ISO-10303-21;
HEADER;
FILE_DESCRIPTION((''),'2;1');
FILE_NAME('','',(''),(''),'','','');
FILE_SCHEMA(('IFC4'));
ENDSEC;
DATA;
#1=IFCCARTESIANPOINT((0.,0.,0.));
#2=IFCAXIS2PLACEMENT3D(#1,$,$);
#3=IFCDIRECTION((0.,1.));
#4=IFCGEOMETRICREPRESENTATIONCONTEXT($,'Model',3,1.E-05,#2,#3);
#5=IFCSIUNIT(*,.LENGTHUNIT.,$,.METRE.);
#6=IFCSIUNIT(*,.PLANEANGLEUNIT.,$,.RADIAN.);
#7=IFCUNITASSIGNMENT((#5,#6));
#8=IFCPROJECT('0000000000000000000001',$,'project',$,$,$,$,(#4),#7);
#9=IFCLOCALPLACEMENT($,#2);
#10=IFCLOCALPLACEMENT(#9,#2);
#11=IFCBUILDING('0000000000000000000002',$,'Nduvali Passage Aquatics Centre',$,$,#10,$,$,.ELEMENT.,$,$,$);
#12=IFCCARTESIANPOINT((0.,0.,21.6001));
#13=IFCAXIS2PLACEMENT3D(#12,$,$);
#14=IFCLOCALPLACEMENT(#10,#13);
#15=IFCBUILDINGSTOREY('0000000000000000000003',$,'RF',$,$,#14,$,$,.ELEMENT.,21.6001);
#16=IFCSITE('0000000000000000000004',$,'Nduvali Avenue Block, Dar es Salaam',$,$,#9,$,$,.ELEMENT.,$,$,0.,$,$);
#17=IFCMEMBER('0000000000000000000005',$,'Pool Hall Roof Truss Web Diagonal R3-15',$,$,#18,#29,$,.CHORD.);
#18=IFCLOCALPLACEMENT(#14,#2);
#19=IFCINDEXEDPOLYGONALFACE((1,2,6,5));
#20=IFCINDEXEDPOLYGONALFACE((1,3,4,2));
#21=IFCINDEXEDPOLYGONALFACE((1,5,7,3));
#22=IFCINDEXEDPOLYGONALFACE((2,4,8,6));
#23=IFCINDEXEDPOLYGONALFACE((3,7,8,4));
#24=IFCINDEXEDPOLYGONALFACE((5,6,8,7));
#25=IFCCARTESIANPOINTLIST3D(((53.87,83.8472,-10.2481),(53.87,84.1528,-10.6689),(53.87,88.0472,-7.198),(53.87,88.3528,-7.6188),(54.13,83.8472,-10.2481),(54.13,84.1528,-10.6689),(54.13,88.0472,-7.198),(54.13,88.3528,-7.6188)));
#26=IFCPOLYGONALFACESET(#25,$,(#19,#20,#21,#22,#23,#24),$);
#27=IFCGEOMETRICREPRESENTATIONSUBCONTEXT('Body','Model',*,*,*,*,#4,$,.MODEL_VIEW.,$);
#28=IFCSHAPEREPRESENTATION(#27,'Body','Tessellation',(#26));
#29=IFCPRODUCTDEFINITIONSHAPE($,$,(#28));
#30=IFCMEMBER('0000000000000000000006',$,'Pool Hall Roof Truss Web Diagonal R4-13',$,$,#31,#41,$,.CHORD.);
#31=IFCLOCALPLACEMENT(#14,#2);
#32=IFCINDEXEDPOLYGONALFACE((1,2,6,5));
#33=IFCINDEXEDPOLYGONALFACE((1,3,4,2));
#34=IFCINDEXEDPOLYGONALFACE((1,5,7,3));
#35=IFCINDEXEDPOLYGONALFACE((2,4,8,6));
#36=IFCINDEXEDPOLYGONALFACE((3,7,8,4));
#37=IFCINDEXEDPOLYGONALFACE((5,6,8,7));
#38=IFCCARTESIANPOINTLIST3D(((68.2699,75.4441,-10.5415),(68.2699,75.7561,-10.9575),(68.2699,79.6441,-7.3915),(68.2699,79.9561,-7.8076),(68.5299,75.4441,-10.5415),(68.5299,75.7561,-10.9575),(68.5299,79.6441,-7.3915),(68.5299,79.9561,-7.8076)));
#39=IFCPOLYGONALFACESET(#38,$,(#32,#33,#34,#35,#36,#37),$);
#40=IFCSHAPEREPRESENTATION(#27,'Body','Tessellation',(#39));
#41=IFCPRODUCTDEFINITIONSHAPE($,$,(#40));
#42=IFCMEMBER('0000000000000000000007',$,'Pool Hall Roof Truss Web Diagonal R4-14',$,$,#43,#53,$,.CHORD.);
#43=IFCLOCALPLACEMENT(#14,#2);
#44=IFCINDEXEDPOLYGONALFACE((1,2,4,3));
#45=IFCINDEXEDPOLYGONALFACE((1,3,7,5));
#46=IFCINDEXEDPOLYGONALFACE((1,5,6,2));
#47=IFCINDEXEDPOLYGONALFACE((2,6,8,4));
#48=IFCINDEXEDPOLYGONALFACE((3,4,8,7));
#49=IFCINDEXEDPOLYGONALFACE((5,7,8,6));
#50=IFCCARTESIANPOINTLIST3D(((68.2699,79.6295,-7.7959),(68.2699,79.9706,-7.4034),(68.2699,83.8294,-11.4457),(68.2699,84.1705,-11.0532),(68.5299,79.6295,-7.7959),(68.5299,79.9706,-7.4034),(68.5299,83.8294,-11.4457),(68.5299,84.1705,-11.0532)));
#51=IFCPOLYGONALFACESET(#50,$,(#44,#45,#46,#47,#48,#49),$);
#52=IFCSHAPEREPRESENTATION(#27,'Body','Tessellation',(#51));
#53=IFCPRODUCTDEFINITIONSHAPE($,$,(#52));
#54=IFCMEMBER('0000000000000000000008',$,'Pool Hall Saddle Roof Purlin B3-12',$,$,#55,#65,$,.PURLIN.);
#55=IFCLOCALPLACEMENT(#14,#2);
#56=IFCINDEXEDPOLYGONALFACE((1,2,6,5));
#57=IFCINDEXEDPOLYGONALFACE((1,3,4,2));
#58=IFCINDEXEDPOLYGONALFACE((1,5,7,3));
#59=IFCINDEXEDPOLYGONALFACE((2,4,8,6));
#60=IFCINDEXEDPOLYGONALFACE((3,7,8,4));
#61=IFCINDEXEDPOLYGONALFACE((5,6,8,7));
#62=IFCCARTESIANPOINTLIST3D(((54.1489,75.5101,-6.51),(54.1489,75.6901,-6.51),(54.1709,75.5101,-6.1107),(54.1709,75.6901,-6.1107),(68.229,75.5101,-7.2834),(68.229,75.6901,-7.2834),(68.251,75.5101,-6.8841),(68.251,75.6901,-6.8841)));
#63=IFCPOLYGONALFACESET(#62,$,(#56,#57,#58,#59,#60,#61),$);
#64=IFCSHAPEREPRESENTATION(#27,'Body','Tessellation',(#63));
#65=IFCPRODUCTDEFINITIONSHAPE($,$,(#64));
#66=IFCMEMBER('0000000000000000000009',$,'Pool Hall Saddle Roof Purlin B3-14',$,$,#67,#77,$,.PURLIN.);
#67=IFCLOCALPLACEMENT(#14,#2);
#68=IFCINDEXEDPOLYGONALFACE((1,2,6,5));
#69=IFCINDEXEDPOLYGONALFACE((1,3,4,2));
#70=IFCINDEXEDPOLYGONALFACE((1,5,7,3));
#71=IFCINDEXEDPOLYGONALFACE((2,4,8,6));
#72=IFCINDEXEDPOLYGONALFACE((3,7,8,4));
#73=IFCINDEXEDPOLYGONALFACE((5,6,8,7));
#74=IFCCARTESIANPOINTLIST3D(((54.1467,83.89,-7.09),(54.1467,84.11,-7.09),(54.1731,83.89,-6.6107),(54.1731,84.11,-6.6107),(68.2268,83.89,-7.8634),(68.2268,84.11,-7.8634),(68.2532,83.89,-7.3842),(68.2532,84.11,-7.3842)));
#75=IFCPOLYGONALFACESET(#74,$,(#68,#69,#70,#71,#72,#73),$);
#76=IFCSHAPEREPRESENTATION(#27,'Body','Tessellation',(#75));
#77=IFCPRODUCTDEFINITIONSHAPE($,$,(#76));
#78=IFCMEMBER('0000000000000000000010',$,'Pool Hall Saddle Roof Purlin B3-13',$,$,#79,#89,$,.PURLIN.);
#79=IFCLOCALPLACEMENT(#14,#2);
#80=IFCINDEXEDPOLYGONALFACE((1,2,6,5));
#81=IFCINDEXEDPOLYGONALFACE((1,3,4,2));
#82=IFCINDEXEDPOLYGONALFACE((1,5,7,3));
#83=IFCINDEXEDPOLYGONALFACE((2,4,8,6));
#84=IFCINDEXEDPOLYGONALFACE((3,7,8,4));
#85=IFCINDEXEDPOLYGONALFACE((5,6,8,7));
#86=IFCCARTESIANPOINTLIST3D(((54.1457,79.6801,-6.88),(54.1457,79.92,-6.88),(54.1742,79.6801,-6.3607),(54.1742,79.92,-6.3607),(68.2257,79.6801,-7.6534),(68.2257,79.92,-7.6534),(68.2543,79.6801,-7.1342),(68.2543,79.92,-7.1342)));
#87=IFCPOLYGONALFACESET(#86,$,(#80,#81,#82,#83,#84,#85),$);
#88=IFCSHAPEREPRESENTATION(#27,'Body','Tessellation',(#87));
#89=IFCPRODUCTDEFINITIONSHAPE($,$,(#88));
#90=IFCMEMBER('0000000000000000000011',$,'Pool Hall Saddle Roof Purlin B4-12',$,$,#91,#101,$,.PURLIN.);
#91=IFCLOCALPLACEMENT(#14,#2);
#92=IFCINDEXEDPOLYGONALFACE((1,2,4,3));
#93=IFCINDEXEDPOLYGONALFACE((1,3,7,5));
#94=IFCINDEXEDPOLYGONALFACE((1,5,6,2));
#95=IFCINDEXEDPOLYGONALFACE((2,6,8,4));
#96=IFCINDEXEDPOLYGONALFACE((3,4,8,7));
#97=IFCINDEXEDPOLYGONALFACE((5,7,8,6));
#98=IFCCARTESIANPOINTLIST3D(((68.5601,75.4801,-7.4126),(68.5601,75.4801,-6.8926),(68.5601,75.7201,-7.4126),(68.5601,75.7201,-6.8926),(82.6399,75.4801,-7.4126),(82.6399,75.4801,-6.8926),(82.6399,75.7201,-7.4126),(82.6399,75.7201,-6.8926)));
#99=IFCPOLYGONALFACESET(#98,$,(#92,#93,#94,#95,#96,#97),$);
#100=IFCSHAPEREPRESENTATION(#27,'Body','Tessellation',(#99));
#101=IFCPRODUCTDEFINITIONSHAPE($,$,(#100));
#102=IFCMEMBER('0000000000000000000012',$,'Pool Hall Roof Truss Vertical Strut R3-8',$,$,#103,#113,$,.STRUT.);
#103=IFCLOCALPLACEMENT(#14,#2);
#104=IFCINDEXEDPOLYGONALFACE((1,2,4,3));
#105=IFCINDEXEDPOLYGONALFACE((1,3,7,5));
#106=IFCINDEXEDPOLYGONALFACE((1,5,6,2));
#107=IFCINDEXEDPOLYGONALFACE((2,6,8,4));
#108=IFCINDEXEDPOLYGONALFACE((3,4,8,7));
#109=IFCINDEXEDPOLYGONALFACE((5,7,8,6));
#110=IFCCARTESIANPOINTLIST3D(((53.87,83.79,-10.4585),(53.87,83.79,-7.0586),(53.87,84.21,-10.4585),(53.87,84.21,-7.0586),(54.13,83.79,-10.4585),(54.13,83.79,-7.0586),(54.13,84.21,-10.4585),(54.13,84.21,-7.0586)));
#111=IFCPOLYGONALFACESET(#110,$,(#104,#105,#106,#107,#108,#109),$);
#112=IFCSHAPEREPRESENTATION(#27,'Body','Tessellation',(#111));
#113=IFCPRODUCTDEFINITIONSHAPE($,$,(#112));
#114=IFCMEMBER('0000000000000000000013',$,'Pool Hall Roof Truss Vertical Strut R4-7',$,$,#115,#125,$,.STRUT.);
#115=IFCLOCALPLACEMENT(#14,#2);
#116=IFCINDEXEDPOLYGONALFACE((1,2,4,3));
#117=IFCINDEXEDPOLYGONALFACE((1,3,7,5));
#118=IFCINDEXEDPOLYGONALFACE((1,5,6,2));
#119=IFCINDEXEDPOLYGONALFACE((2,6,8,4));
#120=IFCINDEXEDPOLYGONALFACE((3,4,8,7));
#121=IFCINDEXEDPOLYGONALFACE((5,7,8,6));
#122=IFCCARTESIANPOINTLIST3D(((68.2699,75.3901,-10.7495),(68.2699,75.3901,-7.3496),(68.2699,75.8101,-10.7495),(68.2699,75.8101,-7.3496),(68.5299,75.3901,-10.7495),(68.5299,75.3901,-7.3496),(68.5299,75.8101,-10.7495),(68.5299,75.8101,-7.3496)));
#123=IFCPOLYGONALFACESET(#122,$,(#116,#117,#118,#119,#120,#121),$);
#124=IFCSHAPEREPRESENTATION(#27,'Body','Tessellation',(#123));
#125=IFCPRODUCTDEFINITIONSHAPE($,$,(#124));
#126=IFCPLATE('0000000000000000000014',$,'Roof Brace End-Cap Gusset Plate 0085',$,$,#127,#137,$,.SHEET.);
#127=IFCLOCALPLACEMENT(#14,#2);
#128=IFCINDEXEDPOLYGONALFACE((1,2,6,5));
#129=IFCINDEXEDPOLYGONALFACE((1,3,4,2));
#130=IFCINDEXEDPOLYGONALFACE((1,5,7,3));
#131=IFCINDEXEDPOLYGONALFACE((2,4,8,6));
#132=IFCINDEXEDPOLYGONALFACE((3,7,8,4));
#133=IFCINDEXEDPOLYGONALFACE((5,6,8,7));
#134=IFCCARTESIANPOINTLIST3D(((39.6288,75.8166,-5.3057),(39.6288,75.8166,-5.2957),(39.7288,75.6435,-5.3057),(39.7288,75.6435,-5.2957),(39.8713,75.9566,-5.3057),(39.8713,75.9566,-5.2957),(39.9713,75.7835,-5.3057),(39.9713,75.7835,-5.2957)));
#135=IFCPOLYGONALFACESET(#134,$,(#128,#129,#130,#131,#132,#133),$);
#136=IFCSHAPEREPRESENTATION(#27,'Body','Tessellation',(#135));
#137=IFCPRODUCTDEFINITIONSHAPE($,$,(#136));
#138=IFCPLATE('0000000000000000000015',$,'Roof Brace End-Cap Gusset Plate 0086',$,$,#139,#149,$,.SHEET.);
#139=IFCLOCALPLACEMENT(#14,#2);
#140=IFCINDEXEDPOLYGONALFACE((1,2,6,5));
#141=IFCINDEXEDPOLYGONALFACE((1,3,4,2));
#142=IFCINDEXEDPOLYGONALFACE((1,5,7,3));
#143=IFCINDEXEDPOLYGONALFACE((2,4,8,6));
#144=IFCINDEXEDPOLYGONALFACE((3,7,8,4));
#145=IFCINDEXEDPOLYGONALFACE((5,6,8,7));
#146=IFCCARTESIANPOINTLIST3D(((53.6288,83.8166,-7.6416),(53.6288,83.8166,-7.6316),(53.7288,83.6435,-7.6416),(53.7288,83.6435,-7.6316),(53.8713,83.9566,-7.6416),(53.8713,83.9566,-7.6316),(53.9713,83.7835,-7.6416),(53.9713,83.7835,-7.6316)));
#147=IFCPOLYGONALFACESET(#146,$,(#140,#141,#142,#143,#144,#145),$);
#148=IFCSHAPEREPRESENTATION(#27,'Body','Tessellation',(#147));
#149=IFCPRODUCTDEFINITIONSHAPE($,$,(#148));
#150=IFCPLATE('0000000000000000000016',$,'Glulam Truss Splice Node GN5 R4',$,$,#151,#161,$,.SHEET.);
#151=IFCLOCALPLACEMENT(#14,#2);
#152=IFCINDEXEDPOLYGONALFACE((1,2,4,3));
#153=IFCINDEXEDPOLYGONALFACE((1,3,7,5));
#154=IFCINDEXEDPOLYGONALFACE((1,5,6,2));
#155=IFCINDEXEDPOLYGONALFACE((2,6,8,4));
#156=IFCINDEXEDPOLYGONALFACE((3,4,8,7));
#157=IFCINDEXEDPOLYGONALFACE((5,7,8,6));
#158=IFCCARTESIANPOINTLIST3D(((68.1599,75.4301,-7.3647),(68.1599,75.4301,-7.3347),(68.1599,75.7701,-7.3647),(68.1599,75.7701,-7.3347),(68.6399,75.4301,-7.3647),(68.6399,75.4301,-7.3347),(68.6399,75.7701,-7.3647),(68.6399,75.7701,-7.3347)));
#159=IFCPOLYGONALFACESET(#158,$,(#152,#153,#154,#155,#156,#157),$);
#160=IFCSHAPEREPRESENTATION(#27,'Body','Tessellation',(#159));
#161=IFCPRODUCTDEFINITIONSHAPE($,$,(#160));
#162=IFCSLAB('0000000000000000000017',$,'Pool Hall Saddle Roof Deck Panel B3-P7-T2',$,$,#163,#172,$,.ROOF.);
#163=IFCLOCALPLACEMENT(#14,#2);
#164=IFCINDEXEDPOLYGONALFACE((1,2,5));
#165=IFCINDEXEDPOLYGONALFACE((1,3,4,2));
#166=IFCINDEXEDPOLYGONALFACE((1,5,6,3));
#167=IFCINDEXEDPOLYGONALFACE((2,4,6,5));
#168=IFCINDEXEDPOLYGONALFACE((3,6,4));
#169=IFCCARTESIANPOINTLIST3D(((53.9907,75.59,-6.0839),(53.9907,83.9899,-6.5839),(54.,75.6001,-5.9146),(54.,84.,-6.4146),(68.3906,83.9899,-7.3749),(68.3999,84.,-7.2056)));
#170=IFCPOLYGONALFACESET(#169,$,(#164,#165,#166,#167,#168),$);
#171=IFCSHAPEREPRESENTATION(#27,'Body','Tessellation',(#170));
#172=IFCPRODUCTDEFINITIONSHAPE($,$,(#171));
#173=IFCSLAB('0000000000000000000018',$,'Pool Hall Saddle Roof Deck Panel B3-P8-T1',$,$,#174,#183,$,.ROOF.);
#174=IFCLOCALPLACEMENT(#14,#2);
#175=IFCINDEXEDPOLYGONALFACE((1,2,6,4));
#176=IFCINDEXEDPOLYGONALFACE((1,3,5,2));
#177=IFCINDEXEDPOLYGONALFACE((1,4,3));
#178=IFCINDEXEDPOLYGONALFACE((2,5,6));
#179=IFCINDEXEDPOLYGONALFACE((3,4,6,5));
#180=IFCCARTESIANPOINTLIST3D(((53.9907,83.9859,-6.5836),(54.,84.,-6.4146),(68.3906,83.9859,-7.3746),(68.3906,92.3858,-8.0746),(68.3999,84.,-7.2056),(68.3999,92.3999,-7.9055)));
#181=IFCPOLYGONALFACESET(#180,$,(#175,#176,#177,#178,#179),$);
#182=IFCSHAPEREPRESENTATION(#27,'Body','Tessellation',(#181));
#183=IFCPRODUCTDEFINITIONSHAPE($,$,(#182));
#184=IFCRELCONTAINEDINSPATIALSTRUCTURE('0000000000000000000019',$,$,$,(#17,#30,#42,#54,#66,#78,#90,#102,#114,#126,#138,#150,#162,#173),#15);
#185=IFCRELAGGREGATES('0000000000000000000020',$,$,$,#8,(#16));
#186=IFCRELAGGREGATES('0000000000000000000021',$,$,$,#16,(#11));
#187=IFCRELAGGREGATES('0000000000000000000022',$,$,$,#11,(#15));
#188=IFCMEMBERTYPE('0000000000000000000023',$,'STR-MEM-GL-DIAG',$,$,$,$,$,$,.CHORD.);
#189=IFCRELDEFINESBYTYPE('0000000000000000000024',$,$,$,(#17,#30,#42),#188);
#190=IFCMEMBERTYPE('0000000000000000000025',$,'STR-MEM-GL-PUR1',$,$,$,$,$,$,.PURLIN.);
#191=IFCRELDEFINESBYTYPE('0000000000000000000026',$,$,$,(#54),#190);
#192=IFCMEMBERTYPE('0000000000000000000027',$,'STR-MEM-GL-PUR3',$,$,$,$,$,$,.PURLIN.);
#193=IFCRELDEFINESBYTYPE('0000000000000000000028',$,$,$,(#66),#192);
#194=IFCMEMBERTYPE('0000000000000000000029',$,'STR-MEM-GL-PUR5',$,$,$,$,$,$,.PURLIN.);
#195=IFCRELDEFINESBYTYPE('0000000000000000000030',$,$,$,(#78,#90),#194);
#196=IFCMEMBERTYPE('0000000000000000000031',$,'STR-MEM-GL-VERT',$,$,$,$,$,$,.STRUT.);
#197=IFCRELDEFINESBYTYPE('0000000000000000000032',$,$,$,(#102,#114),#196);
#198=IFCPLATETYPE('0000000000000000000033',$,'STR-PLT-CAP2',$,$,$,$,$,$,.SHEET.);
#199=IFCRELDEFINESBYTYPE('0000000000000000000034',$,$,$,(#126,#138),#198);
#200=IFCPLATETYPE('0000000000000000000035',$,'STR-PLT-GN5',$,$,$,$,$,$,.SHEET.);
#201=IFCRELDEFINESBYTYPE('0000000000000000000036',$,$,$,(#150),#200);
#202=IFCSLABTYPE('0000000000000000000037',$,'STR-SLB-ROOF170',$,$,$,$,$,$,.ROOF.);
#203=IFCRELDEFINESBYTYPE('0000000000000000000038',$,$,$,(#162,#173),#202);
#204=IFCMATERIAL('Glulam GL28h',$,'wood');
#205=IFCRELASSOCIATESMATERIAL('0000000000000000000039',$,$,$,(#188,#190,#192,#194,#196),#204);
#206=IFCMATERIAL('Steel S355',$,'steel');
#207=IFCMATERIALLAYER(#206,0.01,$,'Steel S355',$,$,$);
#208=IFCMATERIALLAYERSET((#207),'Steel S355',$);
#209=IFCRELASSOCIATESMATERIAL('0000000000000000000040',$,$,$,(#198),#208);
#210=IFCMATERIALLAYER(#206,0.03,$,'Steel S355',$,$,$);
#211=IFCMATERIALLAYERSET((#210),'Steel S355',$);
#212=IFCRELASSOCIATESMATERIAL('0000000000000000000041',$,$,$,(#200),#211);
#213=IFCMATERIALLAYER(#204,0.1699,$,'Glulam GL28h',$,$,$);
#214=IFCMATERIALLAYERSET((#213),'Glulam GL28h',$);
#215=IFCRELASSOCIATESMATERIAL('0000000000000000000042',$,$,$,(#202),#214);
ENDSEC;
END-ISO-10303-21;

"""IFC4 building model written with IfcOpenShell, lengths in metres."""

from ifc_helpers import new_model, si_unit, direction, frame, origin, origin_2d, place, context, subcontext, project, spatial, polyline, rectangle, outline, extrude, material, layer, layer_set, material_profile, profile_set, type_object, element, save


model = new_model("IFC4")

# Units and contexts
model_context = context("Model", 3, precision=1e-05, world=origin(), true_north=direction((0.0, 1.0)))
body_context = subcontext(model_context, "Body", "Model", "MODEL_VIEW")
ifc_project = project(units=[si_unit("LENGTHUNIT", "METRE"), si_unit("PLANEANGLEUNIT", "RADIAN")], contexts=[model_context])

# Site, building, storey
site_placement = place(None, origin())
site = spatial("IfcSite", under=ifc_project, at=site_placement, Name="Nduvali Avenue Block, Dar es Salaam", CompositionType="ELEMENT", RefElevation=0.0)
building_placement = place(site_placement, origin())
building = spatial("IfcBuilding", under=site, at=building_placement, Name="Nduvali Passage Aquatics Centre", CompositionType="ELEMENT")
storey_placement = place(building_placement, frame((0.0, 0.0, 21.6001)))
storey = spatial("IfcBuildingStorey", under=building, at=storey_placement, Name="RF", CompositionType="ELEMENT", Elevation=21.6001)

# Members
ifc_material_1 = material(Name="Steel S355", Category="steel")
ifc_material_2 = material(Name="Glulam GL28h", Category="wood")
ifc_material_profile_1 = material_profile(ifc_material_2, rectangle(XDim=0.26, YDim=0.52, at=origin_2d()), Name="GL28h 260x520")
ifc_profile_set_1 = profile_set([ifc_material_profile_1], Name="Glulam GL28h")
member_type_1 = type_object("IfcMemberType", Name="STR-MEM-GL-DIAG", PredefinedType="CHORD", material=ifc_profile_set_1)
member_1_placement = place(storey_placement, frame((54.0, 84.0, -10.4585), z_axis=(0.0, 0.809145, 0.587609), x_axis=(-1.0, 0.0, 0.0)))
element("IfcMember", 1, at=member_1_placement, inside=storey, type_object=member_type_1, Name="Pool Hall Roof Truss Web Diagonal R3-15", PredefinedType="CHORD", context=body_context, shape_type="SweptSolid", body=[
    extrude(rectangle(XDim=0.26, YDim=0.52, at=origin_2d()), origin(), (0.0, 0.0, 1.0), 5.1907),
])
member_2_placement = place(storey_placement, frame((68.3999, 75.6001, -10.7495), z_axis=(0.0, 0.800006, 0.599993), x_axis=(-1.0, 0.0, 0.0)))
element("IfcMember", 2, at=member_2_placement, inside=storey, type_object=member_type_1, Name="Pool Hall Roof Truss Web Diagonal R4-13", PredefinedType="CHORD", context=body_context, shape_type="SweptSolid", body=[
    extrude(rectangle(XDim=0.26, YDim=0.52, at=origin_2d()), origin(), (0.0, 0.0, 1.0), 5.25),
])
member_3_placement = place(storey_placement, frame((68.3999, 79.8, -7.5996), z_axis=(0.0, 0.754804, -0.655951), x_axis=(-1.0, 0.0, 0.0)))
element("IfcMember", 3, at=member_3_placement, inside=storey, type_object=member_type_1, Name="Pool Hall Roof Truss Web Diagonal R4-14", PredefinedType="CHORD", context=body_context, shape_type="SweptSolid", body=[
    extrude(rectangle(XDim=0.26, YDim=0.52, at=origin_2d()), origin(), (0.0, 0.0, 1.0), 5.5642),
])
ifc_material_profile_2 = material_profile(ifc_material_2, rectangle(XDim=0.1799, YDim=0.3999, at=origin_2d()), Name="GL28h 180x400")
ifc_profile_set_2 = profile_set([ifc_material_profile_2], Name="Glulam GL28h")
member_type_2 = type_object("IfcMemberType", Name="STR-MEM-GL-PUR1", PredefinedType="PURLIN", material=ifc_profile_set_2)
member_4_placement = place(storey_placement, frame((54.1599, 75.6001, -6.3103), z_axis=(0.998495, 0.0, -0.054849), x_axis=(0.0, 1.0, 0.0)))
element("IfcMember", 4, at=member_4_placement, inside=storey, type_object=member_type_2, Name="Pool Hall Saddle Roof Purlin B3-12", PredefinedType="PURLIN", context=body_context, shape_type="SweptSolid", body=[
    extrude(rectangle(XDim=0.1799, YDim=0.3999, at=origin_2d()), origin(), (0.0, 0.0, 1.0), 14.1013),
])
ifc_material_profile_3 = material_profile(ifc_material_2, rectangle(XDim=0.22, YDim=0.48, at=origin_2d()), Name="GL28h 220x480")
ifc_profile_set_3 = profile_set([ifc_material_profile_3], Name="Glulam GL28h")
member_type_3 = type_object("IfcMemberType", Name="STR-MEM-GL-PUR3", PredefinedType="PURLIN", material=ifc_profile_set_3)
member_5_placement = place(storey_placement, frame((54.1599, 84.0, -6.8503), z_axis=(0.998495, 0.0, -0.054849), x_axis=(0.0, 1.0, 0.0)))
element("IfcMember", 5, at=member_5_placement, inside=storey, type_object=member_type_3, Name="Pool Hall Saddle Roof Purlin B3-14", PredefinedType="PURLIN", context=body_context, shape_type="SweptSolid", body=[
    extrude(rectangle(XDim=0.22, YDim=0.48, at=origin_2d()), origin(), (0.0, 0.0, 1.0), 14.1013),
])
ifc_material_profile_4 = material_profile(ifc_material_2, rectangle(XDim=0.24, YDim=0.52, at=origin_2d()), Name="GL28h 240x520")
ifc_profile_set_4 = profile_set([ifc_material_profile_4], Name="Glulam GL28h")
member_type_4 = type_object("IfcMemberType", Name="STR-MEM-GL-PUR5", PredefinedType="PURLIN", material=ifc_profile_set_4)
member_6_placement = place(storey_placement, frame((54.1599, 79.8, -6.6204), z_axis=(0.998495, 0.0, -0.054849), x_axis=(0.0, 1.0, 0.0)))
element("IfcMember", 6, at=member_6_placement, inside=storey, type_object=member_type_4, Name="Pool Hall Saddle Roof Purlin B3-13", PredefinedType="PURLIN", context=body_context, shape_type="SweptSolid", body=[
    extrude(rectangle(XDim=0.24, YDim=0.52, at=origin_2d()), origin(), (0.0, 0.0, 1.0), 14.1013),
])
member_7_placement = place(storey_placement, frame((68.5601, 75.6001, -7.1526), z_axis=(1.0, 0.0, 0.0), x_axis=(0.0, 1.0, 0.0)))
element("IfcMember", 7, at=member_7_placement, inside=storey, type_object=member_type_4, Name="Pool Hall Saddle Roof Purlin B4-12", PredefinedType="PURLIN", context=body_context, shape_type="SweptSolid", body=[
    extrude(rectangle(XDim=0.24, YDim=0.52, at=origin_2d()), origin(), (0.0, 0.0, 1.0), 14.0798),
])
ifc_material_profile_5 = material_profile(ifc_material_2, rectangle(XDim=0.26, YDim=0.4199, at=origin_2d()), Name="GL28h 260x420")
ifc_profile_set_5 = profile_set([ifc_material_profile_5], Name="Glulam GL28h")
member_type_5 = type_object("IfcMemberType", Name="STR-MEM-GL-VERT", PredefinedType="STRUT", material=ifc_profile_set_5)
for number, where, z_axis, x_axis, name in (
    (8, (54.0, 84.0, -10.4585), (0.0, 0.0, 1.0), (1.0, 0.0, 0.0), "Pool Hall Roof Truss Vertical Strut R3-8"),
    (9, (68.3999, 75.6001, -10.7495), (0.0, 0.0, 1.0), (1.0, 0.0, 0.0), "Pool Hall Roof Truss Vertical Strut R4-7"),
):
    element("IfcMember", number, at=place(storey_placement, frame(where, z_axis=z_axis, x_axis=x_axis)), inside=storey, type_object=member_type_5, Name=name, PredefinedType="STRUT", context=body_context, shape_type="SweptSolid", body=[
        extrude(rectangle(XDim=0.26, YDim=0.4199, at=origin_2d()), origin(), (0.0, 0.0, 1.0), 3.3999),
    ])

# Plates
ifc_layer_1 = layer(ifc_material_1, 0.01, Name="Steel S355")
ifc_layer_set_1 = layer_set([ifc_layer_1], Name="Steel S355")
plate_type_1 = type_object("IfcPlateType", Name="STR-PLT-CAP2", PredefinedType="SHEET", material=ifc_layer_set_1)
for number, where, z_axis, x_axis, name in (
    (10, (39.8, 75.8, -5.3057), (0.0, 0.0, 1.0), (0.866025, 0.5, 0.0), "Roof Brace End-Cap Gusset Plate 0085"),
    (11, (53.8, 83.8, -7.6416), (0.0, 0.0, 1.0), (0.866025, 0.5, 0.0), "Roof Brace End-Cap Gusset Plate 0086"),
):
    element("IfcPlate", number, at=place(storey_placement, frame(where, z_axis=z_axis, x_axis=x_axis)), inside=storey, type_object=plate_type_1, Name=name, PredefinedType="SHEET", context=body_context, shape_type="SweptSolid", body=[
        extrude(rectangle(XDim=0.28, YDim=0.2, at=origin_2d()), origin(), (0.0, 0.0, 1.0), 0.01),
    ])
ifc_layer_2 = layer(ifc_material_1, 0.03, Name="Steel S355")
ifc_layer_set_2 = layer_set([ifc_layer_2], Name="Steel S355")
plate_type_2 = type_object("IfcPlateType", Name="STR-PLT-GN5", PredefinedType="SHEET", material=ifc_layer_set_2)
plate_placement = place(storey_placement, frame((68.3999, 75.6001, -7.3647), z_axis=(0.0, 0.0, 1.0), x_axis=(1.0, 0.0, 0.0)))
element("IfcPlate", 12, at=plate_placement, inside=storey, type_object=plate_type_2, Name="Glulam Truss Splice Node GN5 R4", PredefinedType="SHEET", context=body_context, shape_type="SweptSolid", body=[
    extrude(rectangle(XDim=0.48, YDim=0.3401, at=origin_2d()), origin(), (0.0, 0.0, 1.0), 0.03),
])

# Slabs
ifc_layer_3 = layer(ifc_material_2, 0.1699, Name="Glulam GL28h")
ifc_layer_set_3 = layer_set([ifc_layer_3], Name="Glulam GL28h")
slab_type = type_object("IfcSlabType", Name="STR-SLB-ROOF170", PredefinedType="ROOF", material=ifc_layer_set_3)
slab_1_placement = place(storey_placement, frame((54.0, 75.6001, -5.9146), z_axis=(0.054753, 0.05933, 0.996736), x_axis=(0.861201, 0.502365, -0.077211)))
element("IfcSlab", 13, at=slab_1_placement, inside=storey, type_object=slab_type, Name="Pool Hall Saddle Roof Deck Panel B3-P7-T2", PredefinedType="ROOF", context=body_context, shape_type="SweptSolid", body=[
    extrude(outline(polyline([(0.0, 0.0), (16.7207, 0.0), (4.2584, 7.2577), (0.0, 0.0)])), origin(), (0.0, 0.0, -1.0), 0.1699),
])
slab_2_placement = place(storey_placement, frame((54.0, 84.0, -6.4146), z_axis=(0.05466, 0.082917, 0.995056), x_axis=(0.998495, 0.0, -0.054849)))
element("IfcSlab", 14, at=slab_2_placement, inside=storey, type_object=slab_type, Name="Pool Hall Saddle Roof Deck Panel B3-P8-T1", PredefinedType="ROOF", context=body_context, shape_type="SweptSolid", body=[
    extrude(outline(polyline([(0.0, 0.0), (14.4216, 0.0), (14.46, 8.4289), (0.0, 0.0)])), origin(), (0.0, 0.0, -1.0), 0.1699),
])

save(model, "model.ifc")
